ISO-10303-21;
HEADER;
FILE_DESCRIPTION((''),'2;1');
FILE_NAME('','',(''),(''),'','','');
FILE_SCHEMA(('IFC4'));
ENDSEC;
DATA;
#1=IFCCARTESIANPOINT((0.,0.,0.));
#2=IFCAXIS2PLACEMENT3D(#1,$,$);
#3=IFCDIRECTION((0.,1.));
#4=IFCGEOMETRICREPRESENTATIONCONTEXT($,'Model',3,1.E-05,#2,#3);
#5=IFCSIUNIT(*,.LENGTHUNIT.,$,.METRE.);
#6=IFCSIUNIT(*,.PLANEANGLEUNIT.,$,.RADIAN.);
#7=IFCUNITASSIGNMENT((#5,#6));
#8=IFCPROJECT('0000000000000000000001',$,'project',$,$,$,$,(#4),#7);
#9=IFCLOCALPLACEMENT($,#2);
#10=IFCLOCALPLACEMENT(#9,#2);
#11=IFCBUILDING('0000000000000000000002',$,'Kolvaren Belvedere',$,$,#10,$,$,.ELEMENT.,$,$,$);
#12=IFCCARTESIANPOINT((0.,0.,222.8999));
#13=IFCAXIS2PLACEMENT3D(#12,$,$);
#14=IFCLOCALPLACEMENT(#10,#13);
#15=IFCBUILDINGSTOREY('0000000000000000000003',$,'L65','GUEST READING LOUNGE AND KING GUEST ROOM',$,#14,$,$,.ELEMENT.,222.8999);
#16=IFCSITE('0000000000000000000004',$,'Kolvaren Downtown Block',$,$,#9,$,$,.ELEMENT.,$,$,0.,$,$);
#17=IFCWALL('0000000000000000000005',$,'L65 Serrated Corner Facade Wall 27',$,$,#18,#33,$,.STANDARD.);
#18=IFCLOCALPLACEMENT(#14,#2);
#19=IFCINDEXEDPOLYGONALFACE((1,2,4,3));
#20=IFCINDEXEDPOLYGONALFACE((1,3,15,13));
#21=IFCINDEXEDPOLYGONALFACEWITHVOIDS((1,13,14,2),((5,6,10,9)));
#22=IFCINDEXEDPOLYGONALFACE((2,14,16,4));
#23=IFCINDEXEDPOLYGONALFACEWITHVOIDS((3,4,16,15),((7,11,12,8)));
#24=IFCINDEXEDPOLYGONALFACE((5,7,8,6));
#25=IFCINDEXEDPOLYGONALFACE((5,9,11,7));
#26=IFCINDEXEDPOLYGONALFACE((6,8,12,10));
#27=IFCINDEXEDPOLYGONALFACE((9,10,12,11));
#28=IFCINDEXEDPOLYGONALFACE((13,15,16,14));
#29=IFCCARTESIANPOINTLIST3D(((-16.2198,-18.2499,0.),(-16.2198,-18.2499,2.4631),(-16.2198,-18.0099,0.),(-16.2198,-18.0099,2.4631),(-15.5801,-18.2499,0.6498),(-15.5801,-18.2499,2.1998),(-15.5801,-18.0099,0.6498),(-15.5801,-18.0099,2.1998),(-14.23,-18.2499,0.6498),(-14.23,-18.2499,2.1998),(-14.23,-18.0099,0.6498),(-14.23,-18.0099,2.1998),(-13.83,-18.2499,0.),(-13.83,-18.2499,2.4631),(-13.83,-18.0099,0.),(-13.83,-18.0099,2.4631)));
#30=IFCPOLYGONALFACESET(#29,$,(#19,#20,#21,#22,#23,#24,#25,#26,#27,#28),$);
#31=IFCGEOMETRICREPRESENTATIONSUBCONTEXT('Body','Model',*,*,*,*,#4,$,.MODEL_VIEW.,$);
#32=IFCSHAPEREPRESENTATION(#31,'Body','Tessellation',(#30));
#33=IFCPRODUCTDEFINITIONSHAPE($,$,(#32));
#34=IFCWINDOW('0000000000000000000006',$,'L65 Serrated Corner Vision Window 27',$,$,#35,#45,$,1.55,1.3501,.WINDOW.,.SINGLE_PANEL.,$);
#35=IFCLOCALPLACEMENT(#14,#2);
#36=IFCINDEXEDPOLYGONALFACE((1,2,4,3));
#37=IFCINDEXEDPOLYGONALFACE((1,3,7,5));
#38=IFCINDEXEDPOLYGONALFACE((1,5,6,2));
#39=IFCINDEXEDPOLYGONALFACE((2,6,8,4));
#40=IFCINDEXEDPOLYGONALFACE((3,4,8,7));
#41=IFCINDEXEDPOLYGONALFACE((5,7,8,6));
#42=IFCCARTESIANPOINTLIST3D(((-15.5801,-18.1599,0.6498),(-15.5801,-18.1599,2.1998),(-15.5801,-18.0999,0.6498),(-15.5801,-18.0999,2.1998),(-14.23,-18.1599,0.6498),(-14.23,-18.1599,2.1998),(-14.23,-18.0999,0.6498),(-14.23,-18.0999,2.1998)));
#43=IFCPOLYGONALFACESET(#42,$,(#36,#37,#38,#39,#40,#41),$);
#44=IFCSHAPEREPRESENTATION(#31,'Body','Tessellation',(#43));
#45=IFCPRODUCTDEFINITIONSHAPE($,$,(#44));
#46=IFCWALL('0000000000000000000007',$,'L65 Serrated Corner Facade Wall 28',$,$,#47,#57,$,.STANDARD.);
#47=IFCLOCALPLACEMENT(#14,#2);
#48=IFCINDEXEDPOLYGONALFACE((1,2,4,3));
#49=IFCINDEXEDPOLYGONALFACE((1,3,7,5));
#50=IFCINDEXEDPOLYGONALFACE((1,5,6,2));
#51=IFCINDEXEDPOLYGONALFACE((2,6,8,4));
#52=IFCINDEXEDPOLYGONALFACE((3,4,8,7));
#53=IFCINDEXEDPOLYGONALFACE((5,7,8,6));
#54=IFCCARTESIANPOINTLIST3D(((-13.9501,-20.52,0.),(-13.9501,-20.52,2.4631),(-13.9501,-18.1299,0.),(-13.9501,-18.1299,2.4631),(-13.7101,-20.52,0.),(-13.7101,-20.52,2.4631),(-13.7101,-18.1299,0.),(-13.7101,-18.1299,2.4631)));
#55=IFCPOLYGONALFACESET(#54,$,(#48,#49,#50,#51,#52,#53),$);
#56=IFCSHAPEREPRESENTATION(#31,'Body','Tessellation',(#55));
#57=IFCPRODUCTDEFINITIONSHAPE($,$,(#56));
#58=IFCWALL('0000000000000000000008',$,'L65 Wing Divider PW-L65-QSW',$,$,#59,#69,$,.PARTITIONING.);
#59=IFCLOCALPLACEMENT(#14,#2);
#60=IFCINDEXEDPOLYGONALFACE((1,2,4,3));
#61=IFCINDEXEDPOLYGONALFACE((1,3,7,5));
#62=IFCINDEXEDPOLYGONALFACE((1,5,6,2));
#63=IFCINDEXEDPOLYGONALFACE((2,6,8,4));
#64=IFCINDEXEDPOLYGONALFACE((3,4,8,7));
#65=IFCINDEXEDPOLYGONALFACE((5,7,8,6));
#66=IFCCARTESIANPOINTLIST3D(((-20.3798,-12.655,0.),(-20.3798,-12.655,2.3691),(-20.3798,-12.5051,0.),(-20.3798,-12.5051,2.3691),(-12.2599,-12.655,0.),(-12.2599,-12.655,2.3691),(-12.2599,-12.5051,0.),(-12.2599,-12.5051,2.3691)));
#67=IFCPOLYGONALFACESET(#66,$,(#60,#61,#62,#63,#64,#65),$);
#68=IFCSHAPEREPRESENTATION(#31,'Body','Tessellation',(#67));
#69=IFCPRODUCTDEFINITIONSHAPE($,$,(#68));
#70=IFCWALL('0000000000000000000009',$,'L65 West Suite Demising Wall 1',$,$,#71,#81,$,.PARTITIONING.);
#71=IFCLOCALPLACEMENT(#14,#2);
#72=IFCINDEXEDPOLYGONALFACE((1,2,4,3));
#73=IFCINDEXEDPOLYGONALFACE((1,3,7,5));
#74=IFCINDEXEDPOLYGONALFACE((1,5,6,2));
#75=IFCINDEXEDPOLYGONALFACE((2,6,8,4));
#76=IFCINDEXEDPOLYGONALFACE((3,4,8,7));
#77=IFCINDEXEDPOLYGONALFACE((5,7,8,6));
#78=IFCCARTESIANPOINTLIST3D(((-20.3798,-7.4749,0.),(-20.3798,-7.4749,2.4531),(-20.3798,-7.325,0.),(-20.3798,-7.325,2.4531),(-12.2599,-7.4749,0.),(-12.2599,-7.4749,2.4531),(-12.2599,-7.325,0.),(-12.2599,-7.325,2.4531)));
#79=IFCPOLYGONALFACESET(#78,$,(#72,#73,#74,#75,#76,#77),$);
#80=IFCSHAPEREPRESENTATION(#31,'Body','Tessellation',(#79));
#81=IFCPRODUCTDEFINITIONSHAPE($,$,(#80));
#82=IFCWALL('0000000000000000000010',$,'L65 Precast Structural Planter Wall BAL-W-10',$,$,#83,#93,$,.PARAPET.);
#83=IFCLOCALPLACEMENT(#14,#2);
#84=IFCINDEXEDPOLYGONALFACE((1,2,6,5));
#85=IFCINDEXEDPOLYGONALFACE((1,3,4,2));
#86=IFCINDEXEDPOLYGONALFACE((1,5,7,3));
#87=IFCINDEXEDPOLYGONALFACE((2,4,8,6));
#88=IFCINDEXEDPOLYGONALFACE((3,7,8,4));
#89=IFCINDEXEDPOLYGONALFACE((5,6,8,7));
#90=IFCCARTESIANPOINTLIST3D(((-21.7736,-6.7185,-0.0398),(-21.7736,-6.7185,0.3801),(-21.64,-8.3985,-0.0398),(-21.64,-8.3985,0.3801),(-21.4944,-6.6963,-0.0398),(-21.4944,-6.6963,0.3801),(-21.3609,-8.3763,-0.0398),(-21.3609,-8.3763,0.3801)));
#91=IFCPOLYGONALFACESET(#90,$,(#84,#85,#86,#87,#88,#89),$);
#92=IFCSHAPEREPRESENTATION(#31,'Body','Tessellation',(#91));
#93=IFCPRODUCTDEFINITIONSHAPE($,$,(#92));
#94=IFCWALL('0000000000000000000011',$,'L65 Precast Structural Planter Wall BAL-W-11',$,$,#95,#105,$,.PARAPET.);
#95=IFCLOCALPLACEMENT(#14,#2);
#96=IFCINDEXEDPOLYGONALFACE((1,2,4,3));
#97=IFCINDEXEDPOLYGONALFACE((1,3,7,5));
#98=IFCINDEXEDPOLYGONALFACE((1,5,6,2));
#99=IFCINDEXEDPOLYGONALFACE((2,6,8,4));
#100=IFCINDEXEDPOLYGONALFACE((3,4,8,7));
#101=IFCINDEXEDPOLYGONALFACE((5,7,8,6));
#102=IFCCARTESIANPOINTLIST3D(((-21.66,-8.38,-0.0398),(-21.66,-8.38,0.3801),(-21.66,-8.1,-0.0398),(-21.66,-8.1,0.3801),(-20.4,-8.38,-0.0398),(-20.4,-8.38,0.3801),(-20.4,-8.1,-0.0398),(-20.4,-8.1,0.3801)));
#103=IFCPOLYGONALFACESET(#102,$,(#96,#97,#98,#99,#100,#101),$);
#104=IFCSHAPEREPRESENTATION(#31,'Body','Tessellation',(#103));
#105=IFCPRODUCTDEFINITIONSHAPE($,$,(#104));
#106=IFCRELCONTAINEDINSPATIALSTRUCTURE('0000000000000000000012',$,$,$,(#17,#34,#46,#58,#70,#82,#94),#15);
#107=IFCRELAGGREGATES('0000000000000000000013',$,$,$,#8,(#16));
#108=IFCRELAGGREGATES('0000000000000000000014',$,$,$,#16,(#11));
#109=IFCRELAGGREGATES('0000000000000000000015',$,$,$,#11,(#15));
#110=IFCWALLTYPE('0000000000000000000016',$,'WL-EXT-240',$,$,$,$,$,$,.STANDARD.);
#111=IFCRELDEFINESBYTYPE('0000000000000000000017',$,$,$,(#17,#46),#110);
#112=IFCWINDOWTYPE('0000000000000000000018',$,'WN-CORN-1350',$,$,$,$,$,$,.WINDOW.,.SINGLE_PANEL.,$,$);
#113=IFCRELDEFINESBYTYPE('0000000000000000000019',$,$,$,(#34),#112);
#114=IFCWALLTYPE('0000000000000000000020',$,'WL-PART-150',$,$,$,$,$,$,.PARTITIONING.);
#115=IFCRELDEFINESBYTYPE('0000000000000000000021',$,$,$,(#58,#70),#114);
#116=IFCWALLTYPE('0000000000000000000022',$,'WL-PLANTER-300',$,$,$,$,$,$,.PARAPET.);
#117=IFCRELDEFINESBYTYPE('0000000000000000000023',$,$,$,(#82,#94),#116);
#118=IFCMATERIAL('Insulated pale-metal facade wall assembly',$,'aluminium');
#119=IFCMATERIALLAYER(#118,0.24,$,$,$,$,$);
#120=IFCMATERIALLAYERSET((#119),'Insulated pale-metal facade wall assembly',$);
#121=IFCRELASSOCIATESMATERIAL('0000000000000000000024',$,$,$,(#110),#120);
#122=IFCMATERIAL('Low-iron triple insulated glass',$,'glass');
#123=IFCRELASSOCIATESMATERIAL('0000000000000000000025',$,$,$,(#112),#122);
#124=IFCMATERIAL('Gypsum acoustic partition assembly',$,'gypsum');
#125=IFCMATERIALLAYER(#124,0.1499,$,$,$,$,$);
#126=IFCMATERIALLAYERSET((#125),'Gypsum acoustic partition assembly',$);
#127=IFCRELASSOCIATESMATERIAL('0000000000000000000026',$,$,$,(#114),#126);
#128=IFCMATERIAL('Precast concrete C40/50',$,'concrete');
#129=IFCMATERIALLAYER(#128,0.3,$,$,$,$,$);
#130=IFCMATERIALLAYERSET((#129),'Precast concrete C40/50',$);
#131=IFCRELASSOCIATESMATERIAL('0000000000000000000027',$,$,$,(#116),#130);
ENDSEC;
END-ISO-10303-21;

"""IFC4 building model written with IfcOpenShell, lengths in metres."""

from ifc_helpers import new_model, si_unit, direction, frame, frame_2d, origin, place, context, subcontext, project, spatial, rectangle, extrude, material, layer, layer_set, type_object, element, fill, save


model = new_model("IFC4")

# Units and contexts
model_context = context("Model", 3, precision=1e-05, world=origin(), true_north=direction((0.0, 1.0)))
body_context = subcontext(model_context, "Body", "Model", "MODEL_VIEW")
ifc_project = project(units=[si_unit("LENGTHUNIT", "METRE"), si_unit("PLANEANGLEUNIT", "RADIAN")], contexts=[model_context])

# Site, building, storey
site_placement = place(None, origin())
site = spatial("IfcSite", under=ifc_project, at=site_placement, Name="Kolvaren Downtown Block", CompositionType="ELEMENT", RefElevation=0.0)
building_placement = place(site_placement, origin())
building = spatial("IfcBuilding", under=site, at=building_placement, Name="Kolvaren Belvedere", CompositionType="ELEMENT")
storey_placement = place(building_placement, frame((0.0, 0.0, 222.8999)))
storey = spatial("IfcBuildingStorey", under=building, at=storey_placement, Name="L65", Description="GUEST READING LOUNGE AND KING GUEST ROOM", CompositionType="ELEMENT", Elevation=222.8999)

# Shared definitions
ifc_material_1 = material(Name="Insulated pale-metal facade wall assembly", Category="aluminium")
ifc_layer_1 = layer(ifc_material_1, 0.24)
ifc_layer_set_1 = layer_set([ifc_layer_1], Name="Insulated pale-metal facade wall assembly")
wall_type_1 = type_object("IfcWallType", Name="WL-EXT-240", PredefinedType="STANDARD", material=ifc_layer_set_1)

# Wall, opening, window
ifc_material_2 = material(Name="Low-iron triple insulated glass", Category="glass")
window_type_1 = type_object("IfcWindowType", Name="WN-CORN-1350", PartitioningType="SINGLE_PANEL", PredefinedType="WINDOW", material=ifc_material_2)
wall_1_placement = place(storey_placement, frame((-13.8301, -18.1299, 0.0), z_axis=(0.0, 0.0, 1.0), x_axis=(-1.0, 0.0, 0.0)))
wall_1 = element("IfcWall", 1, at=wall_1_placement, inside=storey, type_object=wall_type_1, Name="L65 Serrated Corner Facade Wall 27", PredefinedType="STANDARD", context=body_context, shape_type="SweptSolid", body=[
    extrude(rectangle(XDim=2.3899, YDim=0.24, at=frame_2d((1.1948, 0.0))), origin(), (0.0, 0.0, 1.0), 2.4631),
])
opening_1_placement = place(wall_1_placement, frame((0.3999, 0.0, 0.6499)))
opening_1 = element("IfcOpeningElement", 2, at=opening_1_placement, cuts=wall_1, PredefinedType="OPENING", context=body_context, shape_type="SweptSolid", body=[
    extrude(rectangle(XDim=1.3501, YDim=1.55, at=frame_2d((0.675, 0.7749))), frame((0.0, 0.1299, 0.0), z_axis=(0.0, -1.0, 0.0), x_axis=(1.0, 0.0, 0.0)), (0.0, 0.0, 1.0), 0.26),
])
window_1_placement = place(opening_1_placement, origin())
window_1 = element("IfcWindow", 3, at=window_1_placement, inside=storey, type_object=window_type_1, Name="L65 Serrated Corner Vision Window 27", OverallHeight=1.55, OverallWidth=1.3501, PartitioningType="SINGLE_PANEL", PredefinedType="WINDOW", context=body_context, shape_type="SweptSolid", body=[
    extrude(rectangle(XDim=1.3501, YDim=1.55, at=frame_2d((0.675, 0.7749))), frame((0.0, 0.03, 0.0), z_axis=(0.0, -1.0, 0.0), x_axis=(1.0, 0.0, 0.0)), (0.0, 0.0, 1.0), 0.0601),
])
fill(opening_1, window_1)

# Walls
wall_2_placement = place(storey_placement, frame((-13.8301, -20.52, 0.0), z_axis=(0.0, 0.0, 1.0), x_axis=(0.0, 1.0, 0.0)))
element("IfcWall", 4, at=wall_2_placement, inside=storey, type_object=wall_type_1, Name="L65 Serrated Corner Facade Wall 28", PredefinedType="STANDARD", context=body_context, shape_type="SweptSolid", body=[
    extrude(rectangle(XDim=2.3901, YDim=0.24, at=frame_2d((1.1951, 0.0))), origin(), (0.0, 0.0, 1.0), 2.4631),
])
ifc_material_3 = material(Name="Gypsum acoustic partition assembly", Category="gypsum")
ifc_layer_2 = layer(ifc_material_3, 0.1499)
ifc_layer_set_2 = layer_set([ifc_layer_2], Name="Gypsum acoustic partition assembly")
wall_type_2 = type_object("IfcWallType", Name="WL-PART-150", PredefinedType="PARTITIONING", material=ifc_layer_set_2)
wall_3_placement = place(storey_placement, frame((-20.3799, -12.5801, 0.0), z_axis=(0.0, 0.0, 1.0), x_axis=(1.0, 0.0, 0.0)))
element("IfcWall", 5, at=wall_3_placement, inside=storey, type_object=wall_type_2, Name="L65 Wing Divider PW-L65-QSW", PredefinedType="PARTITIONING", context=body_context, shape_type="SweptSolid", body=[
    extrude(rectangle(XDim=8.1199, YDim=0.1499, at=frame_2d((4.0601, 0.0))), origin(), (0.0, 0.0, 1.0), 2.3691),
])
wall_4_placement = place(storey_placement, frame((-20.3799, -7.3999, 0.0), z_axis=(0.0, 0.0, 1.0), x_axis=(1.0, 0.0, 0.0)))
element("IfcWall", 6, at=wall_4_placement, inside=storey, type_object=wall_type_2, Name="L65 West Suite Demising Wall 1", PredefinedType="PARTITIONING", context=body_context, shape_type="SweptSolid", body=[
    extrude(rectangle(XDim=8.1199, YDim=0.1499, at=frame_2d((4.0601, 0.0))), origin(), (0.0, 0.0, 1.0), 2.4531),
])
ifc_material_4 = material(Name="Precast concrete C40/50", Category="concrete")
ifc_layer_3 = layer(ifc_material_4, 0.3)
ifc_layer_set_3 = layer_set([ifc_layer_3], Name="Precast concrete C40/50")
wall_type_3 = type_object("IfcWallType", Name="WL-PLANTER-300", PredefinedType="PARAPET", material=ifc_layer_set_3)
wall_5_placement = place(storey_placement, frame((-21.634, -6.7073, -0.0398), z_axis=(0.0, 0.0, 1.0), x_axis=(0.079244, -0.996855, 0.0)))
element("IfcWall", 7, at=wall_5_placement, inside=storey, type_object=wall_type_3, Name="L65 Precast Structural Planter Wall BAL-W-10", PredefinedType="PARAPET", context=body_context, shape_type="SweptSolid", body=[
    extrude(rectangle(XDim=1.6853, YDim=0.28, at=frame_2d((0.8428, 0.0))), origin(), (0.0, 0.0, 1.0), 0.4199),
])
wall_6_placement = place(storey_placement, frame((-21.6599, -8.24, -0.0398), z_axis=(0.0, 0.0, 1.0), x_axis=(1.0, 0.0, 0.0)))
element("IfcWall", 8, at=wall_6_placement, inside=storey, type_object=wall_type_3, Name="L65 Precast Structural Planter Wall BAL-W-11", PredefinedType="PARAPET", context=body_context, shape_type="SweptSolid", body=[
    extrude(rectangle(XDim=1.26, YDim=0.28, at=frame_2d((0.6299, 0.0))), origin(), (0.0, 0.0, 1.0), 0.4199),
])

save(model, "model.ifc")
